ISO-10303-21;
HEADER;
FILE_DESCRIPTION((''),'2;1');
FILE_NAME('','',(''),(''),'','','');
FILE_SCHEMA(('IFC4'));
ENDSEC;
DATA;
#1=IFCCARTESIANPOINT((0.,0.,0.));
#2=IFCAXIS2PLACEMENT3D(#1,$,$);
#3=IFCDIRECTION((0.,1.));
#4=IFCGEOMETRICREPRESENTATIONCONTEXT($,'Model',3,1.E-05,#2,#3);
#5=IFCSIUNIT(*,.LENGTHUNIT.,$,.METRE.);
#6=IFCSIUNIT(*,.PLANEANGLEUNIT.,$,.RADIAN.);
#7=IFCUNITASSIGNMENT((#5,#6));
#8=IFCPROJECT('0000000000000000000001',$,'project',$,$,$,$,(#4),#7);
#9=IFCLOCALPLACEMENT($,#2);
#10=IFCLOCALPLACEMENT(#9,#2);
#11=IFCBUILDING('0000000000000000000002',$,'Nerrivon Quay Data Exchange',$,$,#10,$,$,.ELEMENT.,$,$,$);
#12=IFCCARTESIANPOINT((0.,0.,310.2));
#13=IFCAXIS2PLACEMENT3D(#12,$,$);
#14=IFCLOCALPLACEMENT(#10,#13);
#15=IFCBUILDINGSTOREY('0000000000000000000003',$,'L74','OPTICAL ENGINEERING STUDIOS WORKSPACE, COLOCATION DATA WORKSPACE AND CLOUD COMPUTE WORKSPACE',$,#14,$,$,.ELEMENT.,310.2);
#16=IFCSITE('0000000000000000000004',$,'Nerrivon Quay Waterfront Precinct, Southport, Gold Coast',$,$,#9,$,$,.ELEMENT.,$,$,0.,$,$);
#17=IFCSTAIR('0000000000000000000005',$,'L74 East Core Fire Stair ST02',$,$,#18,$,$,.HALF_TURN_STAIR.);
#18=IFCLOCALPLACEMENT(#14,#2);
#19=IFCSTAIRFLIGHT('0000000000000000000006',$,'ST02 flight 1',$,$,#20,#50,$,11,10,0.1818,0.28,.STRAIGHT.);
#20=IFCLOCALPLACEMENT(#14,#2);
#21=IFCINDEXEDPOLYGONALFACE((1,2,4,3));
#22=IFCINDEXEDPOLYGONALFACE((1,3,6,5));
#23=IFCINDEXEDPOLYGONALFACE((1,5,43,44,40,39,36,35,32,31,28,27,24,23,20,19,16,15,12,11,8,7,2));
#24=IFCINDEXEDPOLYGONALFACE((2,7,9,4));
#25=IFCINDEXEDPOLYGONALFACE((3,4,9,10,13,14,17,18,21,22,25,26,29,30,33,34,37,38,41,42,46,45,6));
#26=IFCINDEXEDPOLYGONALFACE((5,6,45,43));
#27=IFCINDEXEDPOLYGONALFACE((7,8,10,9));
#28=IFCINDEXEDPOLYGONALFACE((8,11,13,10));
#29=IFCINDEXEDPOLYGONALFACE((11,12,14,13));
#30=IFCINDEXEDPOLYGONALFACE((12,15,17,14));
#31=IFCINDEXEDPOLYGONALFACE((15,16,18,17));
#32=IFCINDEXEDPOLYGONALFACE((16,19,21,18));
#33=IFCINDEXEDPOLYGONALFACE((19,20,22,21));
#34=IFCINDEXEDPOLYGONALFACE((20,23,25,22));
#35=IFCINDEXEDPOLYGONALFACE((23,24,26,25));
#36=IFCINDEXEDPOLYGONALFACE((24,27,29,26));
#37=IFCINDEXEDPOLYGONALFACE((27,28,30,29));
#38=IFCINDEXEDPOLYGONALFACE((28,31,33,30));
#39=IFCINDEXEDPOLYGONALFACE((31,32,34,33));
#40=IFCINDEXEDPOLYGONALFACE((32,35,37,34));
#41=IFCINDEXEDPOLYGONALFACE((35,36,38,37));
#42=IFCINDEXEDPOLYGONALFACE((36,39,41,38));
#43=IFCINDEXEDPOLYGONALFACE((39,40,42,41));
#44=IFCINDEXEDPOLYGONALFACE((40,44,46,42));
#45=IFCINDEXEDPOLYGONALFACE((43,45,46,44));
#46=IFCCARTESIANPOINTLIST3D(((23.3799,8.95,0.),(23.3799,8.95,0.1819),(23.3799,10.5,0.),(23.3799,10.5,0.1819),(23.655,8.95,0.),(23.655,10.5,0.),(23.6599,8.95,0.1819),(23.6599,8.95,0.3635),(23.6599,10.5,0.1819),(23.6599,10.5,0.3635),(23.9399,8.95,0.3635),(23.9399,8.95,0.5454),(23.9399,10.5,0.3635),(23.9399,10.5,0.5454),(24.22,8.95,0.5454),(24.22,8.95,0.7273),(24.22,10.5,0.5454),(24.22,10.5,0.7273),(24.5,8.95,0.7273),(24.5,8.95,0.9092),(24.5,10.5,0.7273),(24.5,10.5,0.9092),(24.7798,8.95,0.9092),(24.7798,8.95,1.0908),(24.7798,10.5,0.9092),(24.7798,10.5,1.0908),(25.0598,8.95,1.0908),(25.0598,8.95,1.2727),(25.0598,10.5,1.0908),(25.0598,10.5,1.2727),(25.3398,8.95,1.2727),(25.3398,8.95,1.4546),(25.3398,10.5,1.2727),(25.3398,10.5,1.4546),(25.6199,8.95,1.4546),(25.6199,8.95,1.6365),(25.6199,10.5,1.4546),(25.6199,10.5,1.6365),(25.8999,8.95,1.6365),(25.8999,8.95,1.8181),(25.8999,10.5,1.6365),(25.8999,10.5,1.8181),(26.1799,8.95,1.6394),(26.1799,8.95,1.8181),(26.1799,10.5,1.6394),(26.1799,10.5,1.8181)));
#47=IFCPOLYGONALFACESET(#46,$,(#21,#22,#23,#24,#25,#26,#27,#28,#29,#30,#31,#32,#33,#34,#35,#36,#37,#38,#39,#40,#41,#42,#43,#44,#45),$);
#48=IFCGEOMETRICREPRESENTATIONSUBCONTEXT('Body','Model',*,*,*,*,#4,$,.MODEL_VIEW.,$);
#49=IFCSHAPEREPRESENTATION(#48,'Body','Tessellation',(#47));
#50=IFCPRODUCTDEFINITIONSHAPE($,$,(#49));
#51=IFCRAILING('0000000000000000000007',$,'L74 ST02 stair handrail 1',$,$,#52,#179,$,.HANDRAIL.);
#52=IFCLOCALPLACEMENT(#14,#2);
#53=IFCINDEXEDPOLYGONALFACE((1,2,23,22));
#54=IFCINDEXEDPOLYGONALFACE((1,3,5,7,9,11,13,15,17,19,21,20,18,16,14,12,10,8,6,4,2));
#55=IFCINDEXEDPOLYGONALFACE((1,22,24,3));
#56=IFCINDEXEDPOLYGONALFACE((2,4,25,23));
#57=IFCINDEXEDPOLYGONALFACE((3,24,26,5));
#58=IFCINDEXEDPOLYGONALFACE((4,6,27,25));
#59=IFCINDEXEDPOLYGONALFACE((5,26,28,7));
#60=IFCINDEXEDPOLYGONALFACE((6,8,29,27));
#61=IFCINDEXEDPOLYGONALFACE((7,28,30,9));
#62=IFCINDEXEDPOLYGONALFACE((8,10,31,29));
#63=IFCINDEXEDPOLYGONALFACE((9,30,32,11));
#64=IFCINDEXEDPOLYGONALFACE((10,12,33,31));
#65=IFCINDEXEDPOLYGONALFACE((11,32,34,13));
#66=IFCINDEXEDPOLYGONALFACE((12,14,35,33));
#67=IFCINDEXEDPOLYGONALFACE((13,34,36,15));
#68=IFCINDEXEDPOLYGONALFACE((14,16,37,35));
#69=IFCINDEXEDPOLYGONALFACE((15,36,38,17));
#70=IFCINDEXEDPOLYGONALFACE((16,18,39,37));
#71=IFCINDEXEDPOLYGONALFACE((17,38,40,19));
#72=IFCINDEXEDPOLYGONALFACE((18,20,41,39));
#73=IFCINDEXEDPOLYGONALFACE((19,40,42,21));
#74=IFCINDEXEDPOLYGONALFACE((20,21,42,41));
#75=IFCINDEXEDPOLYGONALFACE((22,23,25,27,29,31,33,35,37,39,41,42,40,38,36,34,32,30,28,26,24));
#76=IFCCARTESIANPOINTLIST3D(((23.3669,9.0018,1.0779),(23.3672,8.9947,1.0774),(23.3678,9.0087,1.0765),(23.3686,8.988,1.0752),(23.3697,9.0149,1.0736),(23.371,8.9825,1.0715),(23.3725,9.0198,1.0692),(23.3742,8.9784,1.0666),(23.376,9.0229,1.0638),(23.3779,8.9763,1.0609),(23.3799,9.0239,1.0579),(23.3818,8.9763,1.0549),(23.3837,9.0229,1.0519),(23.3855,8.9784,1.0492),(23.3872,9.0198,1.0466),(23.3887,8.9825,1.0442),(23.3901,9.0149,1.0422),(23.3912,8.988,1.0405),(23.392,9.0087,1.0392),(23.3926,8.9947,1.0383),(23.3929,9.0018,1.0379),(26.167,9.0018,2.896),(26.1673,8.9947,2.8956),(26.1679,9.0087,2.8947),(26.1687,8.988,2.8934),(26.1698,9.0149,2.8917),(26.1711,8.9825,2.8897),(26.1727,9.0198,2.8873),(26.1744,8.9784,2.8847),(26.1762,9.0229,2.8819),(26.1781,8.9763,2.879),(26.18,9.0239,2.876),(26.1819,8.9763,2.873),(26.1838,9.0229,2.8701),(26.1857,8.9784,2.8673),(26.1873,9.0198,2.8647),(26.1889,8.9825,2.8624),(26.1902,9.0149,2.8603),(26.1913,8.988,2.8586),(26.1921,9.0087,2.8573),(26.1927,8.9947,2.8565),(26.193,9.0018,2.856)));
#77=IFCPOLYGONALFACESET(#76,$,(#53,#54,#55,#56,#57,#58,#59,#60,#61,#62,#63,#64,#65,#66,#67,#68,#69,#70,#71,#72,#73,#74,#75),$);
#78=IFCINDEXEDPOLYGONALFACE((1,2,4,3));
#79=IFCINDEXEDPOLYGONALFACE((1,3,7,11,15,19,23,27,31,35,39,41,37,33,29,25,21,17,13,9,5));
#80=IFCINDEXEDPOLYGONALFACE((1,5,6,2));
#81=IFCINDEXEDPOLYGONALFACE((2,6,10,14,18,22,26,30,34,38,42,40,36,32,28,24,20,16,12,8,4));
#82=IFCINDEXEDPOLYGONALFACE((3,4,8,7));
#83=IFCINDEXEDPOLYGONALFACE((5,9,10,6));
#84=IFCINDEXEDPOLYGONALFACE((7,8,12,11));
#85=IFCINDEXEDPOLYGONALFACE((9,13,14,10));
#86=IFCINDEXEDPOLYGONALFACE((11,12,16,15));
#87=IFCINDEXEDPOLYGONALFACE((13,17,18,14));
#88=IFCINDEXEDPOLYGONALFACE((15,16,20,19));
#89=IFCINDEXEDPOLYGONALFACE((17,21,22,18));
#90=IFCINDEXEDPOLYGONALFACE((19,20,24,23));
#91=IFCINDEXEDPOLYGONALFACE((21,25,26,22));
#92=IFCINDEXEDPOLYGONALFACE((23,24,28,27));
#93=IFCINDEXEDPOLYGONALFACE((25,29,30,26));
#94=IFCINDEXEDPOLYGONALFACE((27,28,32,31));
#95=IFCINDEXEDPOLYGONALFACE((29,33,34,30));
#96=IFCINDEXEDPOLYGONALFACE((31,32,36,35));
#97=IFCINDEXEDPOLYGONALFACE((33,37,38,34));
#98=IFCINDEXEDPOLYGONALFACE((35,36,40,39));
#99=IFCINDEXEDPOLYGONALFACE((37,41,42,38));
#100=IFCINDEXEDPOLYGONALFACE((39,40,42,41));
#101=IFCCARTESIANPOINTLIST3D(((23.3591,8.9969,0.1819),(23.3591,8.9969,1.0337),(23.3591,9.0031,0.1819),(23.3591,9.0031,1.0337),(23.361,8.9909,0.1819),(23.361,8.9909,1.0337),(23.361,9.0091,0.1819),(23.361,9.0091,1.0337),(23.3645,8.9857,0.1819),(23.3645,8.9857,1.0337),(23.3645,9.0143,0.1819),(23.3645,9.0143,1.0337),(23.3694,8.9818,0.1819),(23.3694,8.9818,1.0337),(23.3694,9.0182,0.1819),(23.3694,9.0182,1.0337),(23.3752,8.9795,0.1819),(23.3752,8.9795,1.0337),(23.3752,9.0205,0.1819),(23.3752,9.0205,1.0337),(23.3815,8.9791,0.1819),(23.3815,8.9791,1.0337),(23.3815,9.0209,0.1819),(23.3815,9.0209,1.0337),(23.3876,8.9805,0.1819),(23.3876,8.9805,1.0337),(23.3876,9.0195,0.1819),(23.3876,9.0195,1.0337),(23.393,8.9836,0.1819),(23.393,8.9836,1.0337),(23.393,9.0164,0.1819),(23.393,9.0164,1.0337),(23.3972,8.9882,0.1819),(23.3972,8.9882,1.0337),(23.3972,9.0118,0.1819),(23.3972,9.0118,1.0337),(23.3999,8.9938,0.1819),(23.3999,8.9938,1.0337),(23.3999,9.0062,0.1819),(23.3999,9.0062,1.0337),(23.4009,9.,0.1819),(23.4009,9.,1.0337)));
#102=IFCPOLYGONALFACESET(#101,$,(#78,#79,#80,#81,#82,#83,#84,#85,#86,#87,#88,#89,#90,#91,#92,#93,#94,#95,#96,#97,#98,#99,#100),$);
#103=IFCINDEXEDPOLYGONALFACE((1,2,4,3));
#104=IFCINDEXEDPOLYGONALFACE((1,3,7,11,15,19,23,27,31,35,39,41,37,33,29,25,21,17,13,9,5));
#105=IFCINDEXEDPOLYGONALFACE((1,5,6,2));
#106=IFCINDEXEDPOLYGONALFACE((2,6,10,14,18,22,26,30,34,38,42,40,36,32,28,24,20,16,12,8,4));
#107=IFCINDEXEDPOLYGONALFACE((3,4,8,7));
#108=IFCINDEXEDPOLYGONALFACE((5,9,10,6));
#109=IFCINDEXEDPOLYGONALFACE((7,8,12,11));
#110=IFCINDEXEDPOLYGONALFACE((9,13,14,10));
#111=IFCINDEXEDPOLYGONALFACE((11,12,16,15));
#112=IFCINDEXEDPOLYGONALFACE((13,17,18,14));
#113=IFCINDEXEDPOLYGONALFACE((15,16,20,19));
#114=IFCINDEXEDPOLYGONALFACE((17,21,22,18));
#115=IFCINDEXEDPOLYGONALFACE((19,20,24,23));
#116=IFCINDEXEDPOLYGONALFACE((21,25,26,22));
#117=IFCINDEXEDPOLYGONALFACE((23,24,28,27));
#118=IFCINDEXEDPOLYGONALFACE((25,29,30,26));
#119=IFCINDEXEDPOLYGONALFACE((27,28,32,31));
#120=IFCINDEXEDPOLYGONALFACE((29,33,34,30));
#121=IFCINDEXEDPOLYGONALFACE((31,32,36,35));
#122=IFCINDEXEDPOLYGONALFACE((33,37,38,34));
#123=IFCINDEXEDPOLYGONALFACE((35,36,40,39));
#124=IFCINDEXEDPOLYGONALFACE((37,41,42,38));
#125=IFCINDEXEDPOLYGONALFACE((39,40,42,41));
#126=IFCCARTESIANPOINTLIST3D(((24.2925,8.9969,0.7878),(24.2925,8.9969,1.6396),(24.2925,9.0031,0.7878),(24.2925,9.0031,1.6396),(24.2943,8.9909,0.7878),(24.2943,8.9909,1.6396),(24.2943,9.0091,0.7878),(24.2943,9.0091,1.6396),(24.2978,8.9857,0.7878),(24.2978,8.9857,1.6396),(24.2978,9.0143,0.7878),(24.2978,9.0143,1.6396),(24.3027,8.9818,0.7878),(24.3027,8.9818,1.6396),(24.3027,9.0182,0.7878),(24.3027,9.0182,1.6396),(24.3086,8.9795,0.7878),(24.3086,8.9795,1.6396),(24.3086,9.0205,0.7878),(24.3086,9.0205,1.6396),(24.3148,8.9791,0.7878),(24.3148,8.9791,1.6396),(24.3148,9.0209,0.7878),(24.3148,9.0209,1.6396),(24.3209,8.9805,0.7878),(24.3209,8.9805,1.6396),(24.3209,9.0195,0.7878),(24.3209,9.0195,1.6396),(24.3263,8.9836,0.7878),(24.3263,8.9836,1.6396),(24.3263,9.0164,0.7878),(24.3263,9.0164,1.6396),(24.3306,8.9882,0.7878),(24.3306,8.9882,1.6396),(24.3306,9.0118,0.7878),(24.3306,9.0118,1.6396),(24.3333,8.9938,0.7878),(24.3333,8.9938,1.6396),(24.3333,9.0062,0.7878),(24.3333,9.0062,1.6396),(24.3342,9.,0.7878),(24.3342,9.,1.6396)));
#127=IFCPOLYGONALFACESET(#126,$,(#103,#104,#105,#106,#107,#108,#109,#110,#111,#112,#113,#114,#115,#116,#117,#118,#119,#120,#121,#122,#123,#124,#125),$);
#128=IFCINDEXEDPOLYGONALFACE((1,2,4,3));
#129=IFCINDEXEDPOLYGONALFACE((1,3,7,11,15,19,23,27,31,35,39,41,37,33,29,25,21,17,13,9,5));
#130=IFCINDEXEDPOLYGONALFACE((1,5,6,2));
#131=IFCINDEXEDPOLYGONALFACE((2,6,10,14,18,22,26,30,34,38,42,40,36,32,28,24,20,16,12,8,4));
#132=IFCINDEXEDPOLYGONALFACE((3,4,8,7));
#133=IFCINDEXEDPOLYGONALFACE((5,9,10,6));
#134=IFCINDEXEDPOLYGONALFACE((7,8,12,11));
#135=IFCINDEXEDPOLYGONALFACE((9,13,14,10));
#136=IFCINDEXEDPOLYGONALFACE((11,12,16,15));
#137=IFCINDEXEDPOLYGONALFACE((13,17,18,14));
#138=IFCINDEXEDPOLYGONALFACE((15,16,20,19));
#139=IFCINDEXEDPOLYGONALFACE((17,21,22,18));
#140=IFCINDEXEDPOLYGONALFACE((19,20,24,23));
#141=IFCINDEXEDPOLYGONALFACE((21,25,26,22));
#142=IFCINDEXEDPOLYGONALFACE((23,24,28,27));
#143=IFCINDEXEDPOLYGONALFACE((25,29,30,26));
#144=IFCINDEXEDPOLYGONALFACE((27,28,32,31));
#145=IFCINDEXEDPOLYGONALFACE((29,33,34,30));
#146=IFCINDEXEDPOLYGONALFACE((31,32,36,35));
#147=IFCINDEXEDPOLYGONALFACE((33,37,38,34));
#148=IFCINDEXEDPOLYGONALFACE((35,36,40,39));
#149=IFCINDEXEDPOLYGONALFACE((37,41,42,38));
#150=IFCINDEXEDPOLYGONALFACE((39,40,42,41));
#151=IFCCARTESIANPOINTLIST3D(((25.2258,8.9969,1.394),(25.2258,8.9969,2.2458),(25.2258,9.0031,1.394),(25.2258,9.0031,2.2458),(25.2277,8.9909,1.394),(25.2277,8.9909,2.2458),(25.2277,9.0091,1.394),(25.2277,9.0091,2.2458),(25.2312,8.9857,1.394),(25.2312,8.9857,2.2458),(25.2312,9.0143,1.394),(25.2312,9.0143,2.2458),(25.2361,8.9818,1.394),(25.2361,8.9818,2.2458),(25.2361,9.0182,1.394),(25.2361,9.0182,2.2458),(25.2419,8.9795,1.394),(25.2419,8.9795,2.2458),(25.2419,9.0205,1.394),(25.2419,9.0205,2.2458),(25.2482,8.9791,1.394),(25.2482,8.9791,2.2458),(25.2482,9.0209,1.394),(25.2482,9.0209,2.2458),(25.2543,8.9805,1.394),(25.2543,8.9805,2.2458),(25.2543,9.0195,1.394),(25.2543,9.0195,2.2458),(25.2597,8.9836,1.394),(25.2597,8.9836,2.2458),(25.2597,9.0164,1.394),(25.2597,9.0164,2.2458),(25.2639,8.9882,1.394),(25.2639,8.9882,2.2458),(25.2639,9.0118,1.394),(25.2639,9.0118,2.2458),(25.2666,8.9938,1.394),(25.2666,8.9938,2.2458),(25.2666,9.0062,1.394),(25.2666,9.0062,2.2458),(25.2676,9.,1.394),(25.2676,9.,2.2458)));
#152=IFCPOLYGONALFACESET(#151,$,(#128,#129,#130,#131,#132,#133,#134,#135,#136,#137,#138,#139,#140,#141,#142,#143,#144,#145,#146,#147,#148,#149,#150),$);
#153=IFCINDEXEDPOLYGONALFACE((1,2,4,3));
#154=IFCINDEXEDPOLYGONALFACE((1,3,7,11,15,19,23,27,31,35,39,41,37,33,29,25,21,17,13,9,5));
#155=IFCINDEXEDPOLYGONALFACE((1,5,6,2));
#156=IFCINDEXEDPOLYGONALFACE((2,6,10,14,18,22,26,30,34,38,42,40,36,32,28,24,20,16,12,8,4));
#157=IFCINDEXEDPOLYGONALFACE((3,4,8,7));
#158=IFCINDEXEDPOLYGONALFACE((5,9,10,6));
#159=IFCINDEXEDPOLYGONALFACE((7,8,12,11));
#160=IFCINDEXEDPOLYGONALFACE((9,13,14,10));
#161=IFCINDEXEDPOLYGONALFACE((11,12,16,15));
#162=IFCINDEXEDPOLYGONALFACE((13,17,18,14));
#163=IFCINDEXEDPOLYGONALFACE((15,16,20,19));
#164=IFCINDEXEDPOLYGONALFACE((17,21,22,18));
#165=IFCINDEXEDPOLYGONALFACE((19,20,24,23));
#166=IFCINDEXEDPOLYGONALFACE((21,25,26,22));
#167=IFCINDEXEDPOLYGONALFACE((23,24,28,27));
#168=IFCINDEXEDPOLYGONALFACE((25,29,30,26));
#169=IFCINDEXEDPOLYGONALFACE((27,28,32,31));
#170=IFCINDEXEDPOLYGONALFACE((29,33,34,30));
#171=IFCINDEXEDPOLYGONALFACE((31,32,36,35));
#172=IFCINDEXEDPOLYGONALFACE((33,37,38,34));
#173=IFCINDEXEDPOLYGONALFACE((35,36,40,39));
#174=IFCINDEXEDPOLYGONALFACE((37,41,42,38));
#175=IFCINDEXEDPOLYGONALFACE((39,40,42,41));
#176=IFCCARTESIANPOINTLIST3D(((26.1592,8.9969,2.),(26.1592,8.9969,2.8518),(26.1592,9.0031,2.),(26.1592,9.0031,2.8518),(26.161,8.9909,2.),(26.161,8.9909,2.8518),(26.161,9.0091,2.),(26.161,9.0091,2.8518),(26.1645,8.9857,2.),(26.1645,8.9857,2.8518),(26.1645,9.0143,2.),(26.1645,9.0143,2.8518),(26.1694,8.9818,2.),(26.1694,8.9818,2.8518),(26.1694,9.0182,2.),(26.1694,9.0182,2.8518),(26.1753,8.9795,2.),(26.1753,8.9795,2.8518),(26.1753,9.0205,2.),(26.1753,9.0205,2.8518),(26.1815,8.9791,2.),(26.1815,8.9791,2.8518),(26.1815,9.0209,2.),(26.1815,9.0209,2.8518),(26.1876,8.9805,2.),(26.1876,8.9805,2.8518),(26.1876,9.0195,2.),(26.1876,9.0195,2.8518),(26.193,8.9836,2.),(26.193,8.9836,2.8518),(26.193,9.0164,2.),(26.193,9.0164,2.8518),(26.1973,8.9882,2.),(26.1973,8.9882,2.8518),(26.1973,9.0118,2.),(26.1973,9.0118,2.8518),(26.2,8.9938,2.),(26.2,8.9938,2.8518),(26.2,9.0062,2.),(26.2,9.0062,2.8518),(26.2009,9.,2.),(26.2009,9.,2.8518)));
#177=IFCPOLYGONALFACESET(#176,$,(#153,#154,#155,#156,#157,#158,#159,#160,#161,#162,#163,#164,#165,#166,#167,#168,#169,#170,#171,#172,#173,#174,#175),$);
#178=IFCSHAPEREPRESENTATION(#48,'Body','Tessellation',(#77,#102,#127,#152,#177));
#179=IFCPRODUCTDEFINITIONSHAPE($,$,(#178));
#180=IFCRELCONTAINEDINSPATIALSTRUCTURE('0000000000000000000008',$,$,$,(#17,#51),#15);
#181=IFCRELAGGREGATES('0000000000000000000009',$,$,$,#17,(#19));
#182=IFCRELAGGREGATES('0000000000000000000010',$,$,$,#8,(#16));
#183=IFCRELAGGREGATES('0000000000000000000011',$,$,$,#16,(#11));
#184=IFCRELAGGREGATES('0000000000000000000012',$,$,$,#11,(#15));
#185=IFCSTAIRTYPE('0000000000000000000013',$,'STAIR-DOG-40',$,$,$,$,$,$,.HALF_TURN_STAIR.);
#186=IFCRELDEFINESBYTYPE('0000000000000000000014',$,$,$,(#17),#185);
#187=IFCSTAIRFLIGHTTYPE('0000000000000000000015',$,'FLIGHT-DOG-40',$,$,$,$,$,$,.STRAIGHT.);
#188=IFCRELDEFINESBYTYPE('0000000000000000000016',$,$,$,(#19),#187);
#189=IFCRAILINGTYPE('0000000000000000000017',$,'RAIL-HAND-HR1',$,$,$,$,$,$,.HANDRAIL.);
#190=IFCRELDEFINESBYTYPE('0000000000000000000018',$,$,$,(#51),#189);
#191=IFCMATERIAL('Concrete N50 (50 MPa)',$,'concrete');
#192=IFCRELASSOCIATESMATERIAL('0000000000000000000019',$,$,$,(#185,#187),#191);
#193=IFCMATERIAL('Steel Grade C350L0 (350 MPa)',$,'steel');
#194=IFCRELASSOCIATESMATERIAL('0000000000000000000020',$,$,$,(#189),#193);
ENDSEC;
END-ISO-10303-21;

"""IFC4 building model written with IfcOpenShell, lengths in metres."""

from ifc_helpers import new_model, si_unit, direction, frame, origin, origin_2d, place, context, subcontext, project, spatial, polyline, circle, outline, extrude, material, type_object, element, aggregate, save


model = new_model("IFC4")

# Units and contexts
model_context = context("Model", 3, precision=1e-05, world=origin(), true_north=direction((0.0, 1.0)))
body_context = subcontext(model_context, "Body", "Model", "MODEL_VIEW")
ifc_project = project(units=[si_unit("LENGTHUNIT", "METRE"), si_unit("PLANEANGLEUNIT", "RADIAN")], contexts=[model_context])

# Site, building, storey
site_placement = place(None, origin())
site = spatial("IfcSite", under=ifc_project, at=site_placement, Name="Nerrivon Quay Waterfront Precinct, Southport, Gold Coast", CompositionType="ELEMENT", RefElevation=0.0)
building_placement = place(site_placement, origin())
building = spatial("IfcBuilding", under=site, at=building_placement, Name="Nerrivon Quay Data Exchange", CompositionType="ELEMENT")
storey_placement = place(building_placement, frame((0.0, 0.0, 310.2)))
storey = spatial("IfcBuildingStorey", under=building, at=storey_placement, Name="L74", Description="OPTICAL ENGINEERING STUDIOS WORKSPACE, COLOCATION DATA WORKSPACE AND CLOUD COMPUTE WORKSPACE", CompositionType="ELEMENT", Elevation=310.2)

# Shared definitions
ifc_material_1 = material(Name="Concrete N50 (50 MPa)", Category="concrete")

# Stair, stair flight
stair_type = type_object("IfcStairType", Name="STAIR-DOG-40", PredefinedType="HALF_TURN_STAIR", material=ifc_material_1)
stair_placement = place(storey_placement, origin())
stair = element("IfcStair", 1, at=stair_placement, inside=storey, type_object=stair_type, Name="L74 East Core Fire Stair ST02", PredefinedType="HALF_TURN_STAIR")
stair_flight_type = type_object("IfcStairFlightType", Name="FLIGHT-DOG-40", PredefinedType="STRAIGHT", material=ifc_material_1)
stair_flight_placement = place(storey_placement, frame((23.3799, 9.7251, 0.0), z_axis=(0.0, 0.0, 1.0), x_axis=(1.0, 0.0, 0.0)))
stair_flight = element("IfcStairFlight", 2, at=stair_flight_placement, type_object=stair_flight_type, Name="ST02 flight 1", NumberOfRisers=11, NumberOfTreads=10, PredefinedType="STRAIGHT", RiserHeight=0.1818, TreadLength=0.28, context=body_context, shape_type="SweptSolid", body=[
    extrude(outline(polyline([(0.0, 0.0), (0.0, 0.1819), (0.28, 0.1819), (0.28, 0.3635), (0.5601, 0.3635), (0.5601, 0.5454), (0.8401, 0.5454), (0.8401, 0.7273), (1.1201, 0.7273), (1.1201, 0.9092), (1.3999, 0.9092), (1.3999, 1.0908), (1.6799, 1.0908), (1.6799, 1.2727), (1.96, 1.2727), (1.96, 1.4546), (2.24, 1.4546), (2.24, 1.6365), (2.52, 1.6365), (2.52, 1.8181), (2.8, 1.8181), (2.8, 2.0), (2.8, 1.6394), (0.2751, 0.0), (0.0, 0.0)])), frame((0.0, 0.7749, 0.0), z_axis=(0.0, -1.0, 0.0), x_axis=(1.0, 0.0, 0.0)), (0.0, 0.0, 1.0), 1.55),
])
aggregate(stair, [stair_flight])

# Railing
ifc_material_2 = material(Name="Steel Grade C350L0 (350 MPa)", Category="steel")
railing_type_1 = type_object("IfcRailingType", Name="RAIL-HAND-HR1", PredefinedType="HANDRAIL", material=ifc_material_2)
railing_1_placement = place(storey_placement, frame((23.3799, 9.0, 0.1819)))
element("IfcRailing", 3, at=railing_1_placement, inside=storey, type_object=railing_type_1, Name="L74 ST02 stair handrail 1", PredefinedType="HANDRAIL", context=body_context, shape_type="SweptSolid", body=[
    extrude(circle(Radius=0.0239, at=origin_2d()), frame((0.0, 0.0, 0.876), z_axis=(0.838706, 0.0, 0.544585), x_axis=(0.0, 1.0, 0.0)), (0.0, 0.0, 1.0), 3.3386),
    extrude(circle(Radius=0.021, at=origin_2d()), origin(), (0.0, 0.0, 1.0), 0.8518),
    extrude(circle(Radius=0.021, at=origin_2d()), frame((0.9333, 0.0, 0.606)), (0.0, 0.0, 1.0), 0.8518),
    extrude(circle(Radius=0.021, at=origin_2d()), frame((1.8667, 0.0, 1.2122)), (0.0, 0.0, 1.0), 0.8518),
    extrude(circle(Radius=0.021, at=origin_2d()), frame((2.8, 0.0, 1.8181)), (0.0, 0.0, 1.0), 0.8518),
])

save(model, "model.ifc")
